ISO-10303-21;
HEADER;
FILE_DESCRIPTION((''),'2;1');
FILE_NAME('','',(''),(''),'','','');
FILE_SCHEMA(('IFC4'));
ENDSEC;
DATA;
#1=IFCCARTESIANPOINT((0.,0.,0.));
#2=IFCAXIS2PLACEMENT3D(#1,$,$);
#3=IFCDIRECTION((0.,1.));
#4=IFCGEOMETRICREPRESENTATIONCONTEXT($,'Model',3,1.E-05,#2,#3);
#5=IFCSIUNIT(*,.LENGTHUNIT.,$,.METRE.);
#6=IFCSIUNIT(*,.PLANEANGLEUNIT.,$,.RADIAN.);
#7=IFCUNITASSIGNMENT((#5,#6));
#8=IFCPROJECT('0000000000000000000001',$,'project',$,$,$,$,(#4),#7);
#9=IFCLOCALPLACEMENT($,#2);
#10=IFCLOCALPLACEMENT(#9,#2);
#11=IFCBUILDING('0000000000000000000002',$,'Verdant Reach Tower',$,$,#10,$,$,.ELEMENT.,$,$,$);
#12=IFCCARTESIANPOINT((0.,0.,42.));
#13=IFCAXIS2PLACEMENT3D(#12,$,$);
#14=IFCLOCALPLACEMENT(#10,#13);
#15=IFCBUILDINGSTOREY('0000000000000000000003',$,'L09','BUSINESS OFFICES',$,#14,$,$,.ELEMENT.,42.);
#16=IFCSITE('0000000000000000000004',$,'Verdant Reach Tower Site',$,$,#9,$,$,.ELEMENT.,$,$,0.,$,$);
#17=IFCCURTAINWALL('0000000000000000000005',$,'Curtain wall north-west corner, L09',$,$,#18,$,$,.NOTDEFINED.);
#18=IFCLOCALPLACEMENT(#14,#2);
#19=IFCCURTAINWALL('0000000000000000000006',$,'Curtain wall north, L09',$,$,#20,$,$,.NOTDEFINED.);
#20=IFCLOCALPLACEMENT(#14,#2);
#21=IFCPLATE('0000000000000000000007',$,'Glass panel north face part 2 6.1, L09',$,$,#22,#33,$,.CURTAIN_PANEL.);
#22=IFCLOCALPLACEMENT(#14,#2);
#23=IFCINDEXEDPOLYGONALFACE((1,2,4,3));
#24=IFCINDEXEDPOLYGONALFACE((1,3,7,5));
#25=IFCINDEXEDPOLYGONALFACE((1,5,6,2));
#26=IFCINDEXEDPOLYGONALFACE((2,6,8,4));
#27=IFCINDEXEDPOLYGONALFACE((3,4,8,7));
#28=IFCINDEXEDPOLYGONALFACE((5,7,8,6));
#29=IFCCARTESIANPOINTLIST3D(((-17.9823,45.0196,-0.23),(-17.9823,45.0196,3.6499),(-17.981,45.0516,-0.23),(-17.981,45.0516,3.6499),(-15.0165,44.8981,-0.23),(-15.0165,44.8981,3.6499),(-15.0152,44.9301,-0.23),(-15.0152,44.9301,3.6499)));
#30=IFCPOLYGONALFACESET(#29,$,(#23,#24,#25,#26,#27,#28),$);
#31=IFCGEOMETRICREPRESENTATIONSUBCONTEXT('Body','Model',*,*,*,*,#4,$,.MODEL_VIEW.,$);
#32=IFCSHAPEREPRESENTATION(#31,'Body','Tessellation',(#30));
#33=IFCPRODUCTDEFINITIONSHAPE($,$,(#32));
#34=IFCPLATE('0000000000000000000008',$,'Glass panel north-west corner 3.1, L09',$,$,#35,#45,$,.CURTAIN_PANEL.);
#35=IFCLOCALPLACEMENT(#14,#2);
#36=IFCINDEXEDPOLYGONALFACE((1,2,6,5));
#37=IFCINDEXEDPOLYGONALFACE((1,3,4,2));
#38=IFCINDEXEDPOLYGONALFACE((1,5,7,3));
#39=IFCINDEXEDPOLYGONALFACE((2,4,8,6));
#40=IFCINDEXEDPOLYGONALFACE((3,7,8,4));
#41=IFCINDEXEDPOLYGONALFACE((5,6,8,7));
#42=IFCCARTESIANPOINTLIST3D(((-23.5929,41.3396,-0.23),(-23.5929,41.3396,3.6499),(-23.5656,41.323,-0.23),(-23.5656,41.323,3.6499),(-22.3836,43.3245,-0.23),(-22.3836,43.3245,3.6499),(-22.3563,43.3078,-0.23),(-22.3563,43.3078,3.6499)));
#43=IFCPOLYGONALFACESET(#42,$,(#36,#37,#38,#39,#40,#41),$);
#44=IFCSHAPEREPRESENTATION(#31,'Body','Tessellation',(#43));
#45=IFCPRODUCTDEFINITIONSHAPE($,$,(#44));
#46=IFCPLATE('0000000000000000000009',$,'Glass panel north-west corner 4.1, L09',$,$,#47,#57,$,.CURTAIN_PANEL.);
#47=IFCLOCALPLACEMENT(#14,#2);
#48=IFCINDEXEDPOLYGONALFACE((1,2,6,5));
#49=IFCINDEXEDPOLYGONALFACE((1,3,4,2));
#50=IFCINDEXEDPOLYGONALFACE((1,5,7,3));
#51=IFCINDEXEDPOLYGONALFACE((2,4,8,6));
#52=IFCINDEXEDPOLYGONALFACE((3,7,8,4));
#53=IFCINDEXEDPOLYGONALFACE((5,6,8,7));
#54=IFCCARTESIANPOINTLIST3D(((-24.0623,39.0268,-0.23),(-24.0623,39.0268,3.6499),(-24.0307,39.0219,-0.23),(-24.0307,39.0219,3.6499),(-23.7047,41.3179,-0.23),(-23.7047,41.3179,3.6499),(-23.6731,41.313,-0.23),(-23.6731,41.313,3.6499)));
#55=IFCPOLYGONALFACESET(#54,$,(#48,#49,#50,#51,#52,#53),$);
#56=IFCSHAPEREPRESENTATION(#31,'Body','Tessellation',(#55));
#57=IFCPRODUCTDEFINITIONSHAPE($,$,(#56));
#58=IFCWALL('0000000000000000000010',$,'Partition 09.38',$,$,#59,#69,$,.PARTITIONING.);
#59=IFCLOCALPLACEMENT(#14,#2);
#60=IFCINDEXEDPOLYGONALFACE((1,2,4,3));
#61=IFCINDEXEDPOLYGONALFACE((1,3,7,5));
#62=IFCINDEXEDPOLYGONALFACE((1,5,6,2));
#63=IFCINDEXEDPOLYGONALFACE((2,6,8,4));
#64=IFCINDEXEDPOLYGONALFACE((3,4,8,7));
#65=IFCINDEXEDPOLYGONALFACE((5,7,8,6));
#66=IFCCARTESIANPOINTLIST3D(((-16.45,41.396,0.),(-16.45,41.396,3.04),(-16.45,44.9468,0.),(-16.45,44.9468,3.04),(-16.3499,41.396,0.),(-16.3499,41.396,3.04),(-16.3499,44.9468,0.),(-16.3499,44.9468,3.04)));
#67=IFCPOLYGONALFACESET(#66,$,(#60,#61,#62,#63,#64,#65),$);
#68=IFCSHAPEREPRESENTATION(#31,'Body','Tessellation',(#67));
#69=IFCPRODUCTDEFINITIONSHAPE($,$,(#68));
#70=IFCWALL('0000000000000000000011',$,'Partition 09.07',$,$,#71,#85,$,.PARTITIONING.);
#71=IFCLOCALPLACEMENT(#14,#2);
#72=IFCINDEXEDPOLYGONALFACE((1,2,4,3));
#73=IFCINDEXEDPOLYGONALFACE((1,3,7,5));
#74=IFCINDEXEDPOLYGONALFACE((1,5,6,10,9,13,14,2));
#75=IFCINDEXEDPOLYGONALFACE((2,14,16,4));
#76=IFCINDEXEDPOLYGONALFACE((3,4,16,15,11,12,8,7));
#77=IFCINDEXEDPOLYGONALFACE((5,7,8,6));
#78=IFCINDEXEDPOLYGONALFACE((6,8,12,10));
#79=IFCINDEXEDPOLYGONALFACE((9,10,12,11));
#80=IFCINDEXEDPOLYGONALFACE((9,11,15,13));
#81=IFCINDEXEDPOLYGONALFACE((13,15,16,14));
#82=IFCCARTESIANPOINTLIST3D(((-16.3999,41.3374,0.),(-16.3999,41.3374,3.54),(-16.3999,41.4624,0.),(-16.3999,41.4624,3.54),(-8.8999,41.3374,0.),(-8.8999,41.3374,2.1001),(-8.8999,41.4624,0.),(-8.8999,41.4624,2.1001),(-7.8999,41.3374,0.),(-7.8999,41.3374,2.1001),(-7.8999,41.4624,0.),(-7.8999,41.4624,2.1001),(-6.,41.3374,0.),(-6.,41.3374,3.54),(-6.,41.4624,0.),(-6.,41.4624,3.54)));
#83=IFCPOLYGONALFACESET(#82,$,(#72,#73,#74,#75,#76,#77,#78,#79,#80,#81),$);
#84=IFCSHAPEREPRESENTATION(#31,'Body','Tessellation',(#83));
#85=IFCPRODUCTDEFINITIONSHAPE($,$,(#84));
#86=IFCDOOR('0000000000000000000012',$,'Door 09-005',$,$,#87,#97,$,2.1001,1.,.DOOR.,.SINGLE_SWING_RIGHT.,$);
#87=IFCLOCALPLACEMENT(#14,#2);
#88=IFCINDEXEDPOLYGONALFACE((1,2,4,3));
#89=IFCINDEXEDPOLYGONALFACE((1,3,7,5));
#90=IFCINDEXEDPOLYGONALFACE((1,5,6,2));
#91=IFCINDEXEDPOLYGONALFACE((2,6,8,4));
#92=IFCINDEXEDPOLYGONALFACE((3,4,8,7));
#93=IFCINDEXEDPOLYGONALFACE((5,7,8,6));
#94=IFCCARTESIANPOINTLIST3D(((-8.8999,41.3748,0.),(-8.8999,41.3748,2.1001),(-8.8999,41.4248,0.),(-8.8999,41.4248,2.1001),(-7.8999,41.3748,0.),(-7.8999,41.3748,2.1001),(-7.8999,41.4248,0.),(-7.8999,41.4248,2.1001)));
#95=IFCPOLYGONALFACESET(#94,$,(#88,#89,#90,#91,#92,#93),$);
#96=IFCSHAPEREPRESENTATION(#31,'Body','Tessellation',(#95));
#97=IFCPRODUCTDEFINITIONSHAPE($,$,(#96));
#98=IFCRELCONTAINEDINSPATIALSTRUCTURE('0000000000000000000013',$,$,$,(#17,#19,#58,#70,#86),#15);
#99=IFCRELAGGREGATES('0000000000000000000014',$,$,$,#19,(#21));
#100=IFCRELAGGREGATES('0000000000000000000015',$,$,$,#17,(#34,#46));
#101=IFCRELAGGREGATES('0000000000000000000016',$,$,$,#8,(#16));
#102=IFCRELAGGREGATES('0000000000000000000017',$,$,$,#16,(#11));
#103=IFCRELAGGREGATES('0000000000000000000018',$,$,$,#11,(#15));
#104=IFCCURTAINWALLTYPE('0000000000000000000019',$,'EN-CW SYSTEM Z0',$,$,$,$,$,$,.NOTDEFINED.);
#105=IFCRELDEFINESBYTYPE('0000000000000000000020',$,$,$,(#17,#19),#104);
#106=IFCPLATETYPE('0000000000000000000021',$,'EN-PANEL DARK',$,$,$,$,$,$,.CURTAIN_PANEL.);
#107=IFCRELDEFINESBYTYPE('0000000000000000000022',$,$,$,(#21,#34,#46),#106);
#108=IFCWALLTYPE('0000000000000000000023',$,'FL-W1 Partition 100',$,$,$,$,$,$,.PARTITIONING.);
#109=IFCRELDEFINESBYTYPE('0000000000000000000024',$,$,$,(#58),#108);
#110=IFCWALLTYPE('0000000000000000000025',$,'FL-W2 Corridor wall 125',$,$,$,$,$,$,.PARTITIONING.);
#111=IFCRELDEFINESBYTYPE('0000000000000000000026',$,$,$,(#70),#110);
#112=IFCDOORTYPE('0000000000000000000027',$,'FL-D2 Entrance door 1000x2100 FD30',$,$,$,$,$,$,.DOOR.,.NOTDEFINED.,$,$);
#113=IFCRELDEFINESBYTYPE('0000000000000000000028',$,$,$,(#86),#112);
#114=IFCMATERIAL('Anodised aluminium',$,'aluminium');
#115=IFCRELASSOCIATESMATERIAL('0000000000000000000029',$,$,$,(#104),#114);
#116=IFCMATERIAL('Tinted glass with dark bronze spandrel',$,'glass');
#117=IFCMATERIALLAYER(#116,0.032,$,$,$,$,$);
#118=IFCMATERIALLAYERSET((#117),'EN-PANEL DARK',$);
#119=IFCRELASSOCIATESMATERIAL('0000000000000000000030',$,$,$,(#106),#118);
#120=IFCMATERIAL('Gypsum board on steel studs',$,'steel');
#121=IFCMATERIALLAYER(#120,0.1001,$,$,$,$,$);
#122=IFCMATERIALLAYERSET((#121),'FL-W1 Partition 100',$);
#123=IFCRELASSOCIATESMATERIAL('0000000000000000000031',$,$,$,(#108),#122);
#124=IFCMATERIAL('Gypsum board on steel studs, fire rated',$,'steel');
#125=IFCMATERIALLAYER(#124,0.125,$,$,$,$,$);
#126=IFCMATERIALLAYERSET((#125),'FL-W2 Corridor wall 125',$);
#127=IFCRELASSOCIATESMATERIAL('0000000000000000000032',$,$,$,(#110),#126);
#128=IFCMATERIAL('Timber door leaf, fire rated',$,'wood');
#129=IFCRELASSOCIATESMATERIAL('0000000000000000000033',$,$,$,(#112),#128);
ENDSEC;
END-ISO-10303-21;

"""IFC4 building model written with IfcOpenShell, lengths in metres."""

from ifc_helpers import new_model, si_unit, direction, frame, frame_2d, origin, origin_2d, place, context, subcontext, project, spatial, rectangle, extrude, material, layer, layer_set, type_object, element, fill, aggregate, save


model = new_model("IFC4")

# Units and contexts
model_context = context("Model", 3, precision=1e-05, world=origin(), true_north=direction((0.0, 1.0)))
body_context = subcontext(model_context, "Body", "Model", "MODEL_VIEW")
ifc_project = project(units=[si_unit("LENGTHUNIT", "METRE"), si_unit("PLANEANGLEUNIT", "RADIAN")], contexts=[model_context])

# Site, building, storey
site_placement = place(None, origin())
site = spatial("IfcSite", under=ifc_project, at=site_placement, Name="Verdant Reach Tower Site", CompositionType="ELEMENT", RefElevation=0.0)
building_placement = place(site_placement, origin())
building = spatial("IfcBuilding", under=site, at=building_placement, Name="Verdant Reach Tower", CompositionType="ELEMENT")
storey_placement = place(building_placement, frame((0.0, 0.0, 42.0)))
storey = spatial("IfcBuildingStorey", under=building, at=storey_placement, Name="L09", Description="BUSINESS OFFICES", CompositionType="ELEMENT", Elevation=42.0)

# Shared definitions
ifc_material_1 = material(Name="Anodised aluminium", Category="aluminium")
curtain_wall_type = type_object("IfcCurtainWallType", Name="EN-CW SYSTEM Z0", PredefinedType="NOTDEFINED", material=ifc_material_1)

# Curtain walls, plate
curtain_wall_1_placement = place(storey_placement, origin())
curtain_wall_1 = element("IfcCurtainWall", 1, at=curtain_wall_1_placement, inside=storey, type_object=curtain_wall_type, Name="Curtain wall north-west corner, L09", PredefinedType="NOTDEFINED")
curtain_wall_2_placement = place(storey_placement, origin())
curtain_wall_2 = element("IfcCurtainWall", 2, at=curtain_wall_2_placement, inside=storey, type_object=curtain_wall_type, Name="Curtain wall north, L09", PredefinedType="NOTDEFINED")
ifc_material_2 = material(Name="Tinted glass with dark bronze spandrel", Category="glass")
ifc_layer_1 = layer(ifc_material_2, 0.032)
ifc_layer_set_1 = layer_set([ifc_layer_1], Name="EN-PANEL DARK")
plate_type_1 = type_object("IfcPlateType", Name="EN-PANEL DARK", PredefinedType="CURTAIN_PANEL", material=ifc_layer_set_1)
plate_1_placement = place(storey_placement, frame((-16.4988, 44.9749, -0.23), z_axis=(0.0, 0.0, 1.0), x_axis=(-0.999162, 0.04092, 0.0)))
plate_1 = element("IfcPlate", 3, at=plate_1_placement, type_object=plate_type_1, Name="Glass panel north face part 2 6.1, L09", PredefinedType="CURTAIN_PANEL", context=body_context, shape_type="SweptSolid", body=[
    extrude(rectangle(XDim=2.9683, YDim=0.032, at=origin_2d()), origin(), (0.0, 0.0, 1.0), 3.8799),
])
aggregate(curtain_wall_2, [plate_1])

# Plates
plate_2_placement = place(storey_placement, frame((-22.9746, 42.3237, -0.23), z_axis=(0.0, 0.0, 1.0), x_axis=(-0.520292, -0.853989, 0.0)))
plate_2 = element("IfcPlate", 4, at=plate_2_placement, type_object=plate_type_1, Name="Glass panel north-west corner 3.1, L09", PredefinedType="CURTAIN_PANEL", context=body_context, shape_type="SweptSolid", body=[
    extrude(rectangle(XDim=2.3242, YDim=0.032, at=origin_2d()), origin(), (0.0, 0.0, 1.0), 3.8799),
])
plate_3_placement = place(storey_placement, frame((-23.8677, 40.1699, -0.23), z_axis=(0.0, 0.0, 1.0), x_axis=(-0.154211, -0.988038, 0.0)))
plate_3 = element("IfcPlate", 5, at=plate_3_placement, type_object=plate_type_1, Name="Glass panel north-west corner 4.1, L09", PredefinedType="CURTAIN_PANEL", context=body_context, shape_type="SweptSolid", body=[
    extrude(rectangle(XDim=2.3188, YDim=0.032, at=origin_2d()), origin(), (0.0, 0.0, 1.0), 3.8799),
])
aggregate(curtain_wall_1, [plate_2, plate_3])

# Wall
ifc_material_3 = material(Name="Gypsum board on steel studs", Category="steel")
ifc_layer_2 = layer(ifc_material_3, 0.1001)
ifc_layer_set_2 = layer_set([ifc_layer_2], Name="FL-W1 Partition 100")
wall_type_1 = type_object("IfcWallType", Name="FL-W1 Partition 100", PredefinedType="PARTITIONING", material=ifc_layer_set_2)
wall_1_placement = place(storey_placement, frame((-16.3999, 44.9468, 0.0), z_axis=(0.0, 0.0, 1.0), x_axis=(0.0, -1.0, 0.0)))
element("IfcWall", 6, at=wall_1_placement, inside=storey, type_object=wall_type_1, Name="Partition 09.38", PredefinedType="PARTITIONING", context=body_context, shape_type="SweptSolid", body=[
    extrude(rectangle(XDim=3.5508, YDim=0.1001, at=frame_2d((1.7754, 0.0))), origin(), (0.0, 0.0, 1.0), 3.04),
])

# Wall, opening, door
ifc_material_4 = material(Name="Gypsum board on steel studs, fire rated", Category="steel")
ifc_layer_3 = layer(ifc_material_4, 0.125)
ifc_layer_set_3 = layer_set([ifc_layer_3], Name="FL-W2 Corridor wall 125")
wall_type_2 = type_object("IfcWallType", Name="FL-W2 Corridor wall 125", PredefinedType="PARTITIONING", material=ifc_layer_set_3)
wall_2_placement = place(storey_placement, frame((-16.3999, 41.3999, 0.0), z_axis=(0.0, 0.0, 1.0), x_axis=(1.0, 0.0, 0.0)))
wall_2 = element("IfcWall", 7, at=wall_2_placement, inside=storey, type_object=wall_type_2, Name="Partition 09.07", PredefinedType="PARTITIONING", context=body_context, shape_type="SweptSolid", body=[
    extrude(rectangle(XDim=10.3999, YDim=0.125, at=frame_2d((5.2, 0.0))), origin(), (0.0, 0.0, 1.0), 3.54),
])
opening_placement = place(wall_2_placement, frame((7.5, 0.0, 0.0)))
opening = element("IfcOpeningElement", 8, at=opening_placement, cuts=wall_2, PredefinedType="OPENING", context=body_context, shape_type="SweptSolid", body=[
    extrude(rectangle(XDim=1.0, YDim=2.1001, at=frame_2d((0.5, 1.05))), frame((0.0, 0.0725, 0.0), z_axis=(0.0, -1.0, 0.0), x_axis=(1.0, 0.0, 0.0)), (0.0, 0.0, 1.0), 0.145),
])
ifc_material_5 = material(Name="Timber door leaf, fire rated", Category="wood")
door_type = type_object("IfcDoorType", Name="FL-D2 Entrance door 1000x2100 FD30", OperationType="NOTDEFINED", PredefinedType="DOOR", material=ifc_material_5)
door_placement = place(opening_placement, origin())
door = element("IfcDoor", 9, at=door_placement, inside=storey, type_object=door_type, Name="Door 09-005", OperationType="SINGLE_SWING_RIGHT", OverallHeight=2.1001, OverallWidth=1.0, PredefinedType="DOOR", context=body_context, shape_type="SweptSolid", body=[
    extrude(rectangle(XDim=1.0, YDim=2.1001, at=frame_2d((0.5, 1.05))), frame((0.0, 0.0249, 0.0), z_axis=(0.0, -1.0, 0.0), x_axis=(1.0, 0.0, 0.0)), (0.0, 0.0, 1.0), 0.05),
])
fill(opening, door)

save(model, "model.ifc")
